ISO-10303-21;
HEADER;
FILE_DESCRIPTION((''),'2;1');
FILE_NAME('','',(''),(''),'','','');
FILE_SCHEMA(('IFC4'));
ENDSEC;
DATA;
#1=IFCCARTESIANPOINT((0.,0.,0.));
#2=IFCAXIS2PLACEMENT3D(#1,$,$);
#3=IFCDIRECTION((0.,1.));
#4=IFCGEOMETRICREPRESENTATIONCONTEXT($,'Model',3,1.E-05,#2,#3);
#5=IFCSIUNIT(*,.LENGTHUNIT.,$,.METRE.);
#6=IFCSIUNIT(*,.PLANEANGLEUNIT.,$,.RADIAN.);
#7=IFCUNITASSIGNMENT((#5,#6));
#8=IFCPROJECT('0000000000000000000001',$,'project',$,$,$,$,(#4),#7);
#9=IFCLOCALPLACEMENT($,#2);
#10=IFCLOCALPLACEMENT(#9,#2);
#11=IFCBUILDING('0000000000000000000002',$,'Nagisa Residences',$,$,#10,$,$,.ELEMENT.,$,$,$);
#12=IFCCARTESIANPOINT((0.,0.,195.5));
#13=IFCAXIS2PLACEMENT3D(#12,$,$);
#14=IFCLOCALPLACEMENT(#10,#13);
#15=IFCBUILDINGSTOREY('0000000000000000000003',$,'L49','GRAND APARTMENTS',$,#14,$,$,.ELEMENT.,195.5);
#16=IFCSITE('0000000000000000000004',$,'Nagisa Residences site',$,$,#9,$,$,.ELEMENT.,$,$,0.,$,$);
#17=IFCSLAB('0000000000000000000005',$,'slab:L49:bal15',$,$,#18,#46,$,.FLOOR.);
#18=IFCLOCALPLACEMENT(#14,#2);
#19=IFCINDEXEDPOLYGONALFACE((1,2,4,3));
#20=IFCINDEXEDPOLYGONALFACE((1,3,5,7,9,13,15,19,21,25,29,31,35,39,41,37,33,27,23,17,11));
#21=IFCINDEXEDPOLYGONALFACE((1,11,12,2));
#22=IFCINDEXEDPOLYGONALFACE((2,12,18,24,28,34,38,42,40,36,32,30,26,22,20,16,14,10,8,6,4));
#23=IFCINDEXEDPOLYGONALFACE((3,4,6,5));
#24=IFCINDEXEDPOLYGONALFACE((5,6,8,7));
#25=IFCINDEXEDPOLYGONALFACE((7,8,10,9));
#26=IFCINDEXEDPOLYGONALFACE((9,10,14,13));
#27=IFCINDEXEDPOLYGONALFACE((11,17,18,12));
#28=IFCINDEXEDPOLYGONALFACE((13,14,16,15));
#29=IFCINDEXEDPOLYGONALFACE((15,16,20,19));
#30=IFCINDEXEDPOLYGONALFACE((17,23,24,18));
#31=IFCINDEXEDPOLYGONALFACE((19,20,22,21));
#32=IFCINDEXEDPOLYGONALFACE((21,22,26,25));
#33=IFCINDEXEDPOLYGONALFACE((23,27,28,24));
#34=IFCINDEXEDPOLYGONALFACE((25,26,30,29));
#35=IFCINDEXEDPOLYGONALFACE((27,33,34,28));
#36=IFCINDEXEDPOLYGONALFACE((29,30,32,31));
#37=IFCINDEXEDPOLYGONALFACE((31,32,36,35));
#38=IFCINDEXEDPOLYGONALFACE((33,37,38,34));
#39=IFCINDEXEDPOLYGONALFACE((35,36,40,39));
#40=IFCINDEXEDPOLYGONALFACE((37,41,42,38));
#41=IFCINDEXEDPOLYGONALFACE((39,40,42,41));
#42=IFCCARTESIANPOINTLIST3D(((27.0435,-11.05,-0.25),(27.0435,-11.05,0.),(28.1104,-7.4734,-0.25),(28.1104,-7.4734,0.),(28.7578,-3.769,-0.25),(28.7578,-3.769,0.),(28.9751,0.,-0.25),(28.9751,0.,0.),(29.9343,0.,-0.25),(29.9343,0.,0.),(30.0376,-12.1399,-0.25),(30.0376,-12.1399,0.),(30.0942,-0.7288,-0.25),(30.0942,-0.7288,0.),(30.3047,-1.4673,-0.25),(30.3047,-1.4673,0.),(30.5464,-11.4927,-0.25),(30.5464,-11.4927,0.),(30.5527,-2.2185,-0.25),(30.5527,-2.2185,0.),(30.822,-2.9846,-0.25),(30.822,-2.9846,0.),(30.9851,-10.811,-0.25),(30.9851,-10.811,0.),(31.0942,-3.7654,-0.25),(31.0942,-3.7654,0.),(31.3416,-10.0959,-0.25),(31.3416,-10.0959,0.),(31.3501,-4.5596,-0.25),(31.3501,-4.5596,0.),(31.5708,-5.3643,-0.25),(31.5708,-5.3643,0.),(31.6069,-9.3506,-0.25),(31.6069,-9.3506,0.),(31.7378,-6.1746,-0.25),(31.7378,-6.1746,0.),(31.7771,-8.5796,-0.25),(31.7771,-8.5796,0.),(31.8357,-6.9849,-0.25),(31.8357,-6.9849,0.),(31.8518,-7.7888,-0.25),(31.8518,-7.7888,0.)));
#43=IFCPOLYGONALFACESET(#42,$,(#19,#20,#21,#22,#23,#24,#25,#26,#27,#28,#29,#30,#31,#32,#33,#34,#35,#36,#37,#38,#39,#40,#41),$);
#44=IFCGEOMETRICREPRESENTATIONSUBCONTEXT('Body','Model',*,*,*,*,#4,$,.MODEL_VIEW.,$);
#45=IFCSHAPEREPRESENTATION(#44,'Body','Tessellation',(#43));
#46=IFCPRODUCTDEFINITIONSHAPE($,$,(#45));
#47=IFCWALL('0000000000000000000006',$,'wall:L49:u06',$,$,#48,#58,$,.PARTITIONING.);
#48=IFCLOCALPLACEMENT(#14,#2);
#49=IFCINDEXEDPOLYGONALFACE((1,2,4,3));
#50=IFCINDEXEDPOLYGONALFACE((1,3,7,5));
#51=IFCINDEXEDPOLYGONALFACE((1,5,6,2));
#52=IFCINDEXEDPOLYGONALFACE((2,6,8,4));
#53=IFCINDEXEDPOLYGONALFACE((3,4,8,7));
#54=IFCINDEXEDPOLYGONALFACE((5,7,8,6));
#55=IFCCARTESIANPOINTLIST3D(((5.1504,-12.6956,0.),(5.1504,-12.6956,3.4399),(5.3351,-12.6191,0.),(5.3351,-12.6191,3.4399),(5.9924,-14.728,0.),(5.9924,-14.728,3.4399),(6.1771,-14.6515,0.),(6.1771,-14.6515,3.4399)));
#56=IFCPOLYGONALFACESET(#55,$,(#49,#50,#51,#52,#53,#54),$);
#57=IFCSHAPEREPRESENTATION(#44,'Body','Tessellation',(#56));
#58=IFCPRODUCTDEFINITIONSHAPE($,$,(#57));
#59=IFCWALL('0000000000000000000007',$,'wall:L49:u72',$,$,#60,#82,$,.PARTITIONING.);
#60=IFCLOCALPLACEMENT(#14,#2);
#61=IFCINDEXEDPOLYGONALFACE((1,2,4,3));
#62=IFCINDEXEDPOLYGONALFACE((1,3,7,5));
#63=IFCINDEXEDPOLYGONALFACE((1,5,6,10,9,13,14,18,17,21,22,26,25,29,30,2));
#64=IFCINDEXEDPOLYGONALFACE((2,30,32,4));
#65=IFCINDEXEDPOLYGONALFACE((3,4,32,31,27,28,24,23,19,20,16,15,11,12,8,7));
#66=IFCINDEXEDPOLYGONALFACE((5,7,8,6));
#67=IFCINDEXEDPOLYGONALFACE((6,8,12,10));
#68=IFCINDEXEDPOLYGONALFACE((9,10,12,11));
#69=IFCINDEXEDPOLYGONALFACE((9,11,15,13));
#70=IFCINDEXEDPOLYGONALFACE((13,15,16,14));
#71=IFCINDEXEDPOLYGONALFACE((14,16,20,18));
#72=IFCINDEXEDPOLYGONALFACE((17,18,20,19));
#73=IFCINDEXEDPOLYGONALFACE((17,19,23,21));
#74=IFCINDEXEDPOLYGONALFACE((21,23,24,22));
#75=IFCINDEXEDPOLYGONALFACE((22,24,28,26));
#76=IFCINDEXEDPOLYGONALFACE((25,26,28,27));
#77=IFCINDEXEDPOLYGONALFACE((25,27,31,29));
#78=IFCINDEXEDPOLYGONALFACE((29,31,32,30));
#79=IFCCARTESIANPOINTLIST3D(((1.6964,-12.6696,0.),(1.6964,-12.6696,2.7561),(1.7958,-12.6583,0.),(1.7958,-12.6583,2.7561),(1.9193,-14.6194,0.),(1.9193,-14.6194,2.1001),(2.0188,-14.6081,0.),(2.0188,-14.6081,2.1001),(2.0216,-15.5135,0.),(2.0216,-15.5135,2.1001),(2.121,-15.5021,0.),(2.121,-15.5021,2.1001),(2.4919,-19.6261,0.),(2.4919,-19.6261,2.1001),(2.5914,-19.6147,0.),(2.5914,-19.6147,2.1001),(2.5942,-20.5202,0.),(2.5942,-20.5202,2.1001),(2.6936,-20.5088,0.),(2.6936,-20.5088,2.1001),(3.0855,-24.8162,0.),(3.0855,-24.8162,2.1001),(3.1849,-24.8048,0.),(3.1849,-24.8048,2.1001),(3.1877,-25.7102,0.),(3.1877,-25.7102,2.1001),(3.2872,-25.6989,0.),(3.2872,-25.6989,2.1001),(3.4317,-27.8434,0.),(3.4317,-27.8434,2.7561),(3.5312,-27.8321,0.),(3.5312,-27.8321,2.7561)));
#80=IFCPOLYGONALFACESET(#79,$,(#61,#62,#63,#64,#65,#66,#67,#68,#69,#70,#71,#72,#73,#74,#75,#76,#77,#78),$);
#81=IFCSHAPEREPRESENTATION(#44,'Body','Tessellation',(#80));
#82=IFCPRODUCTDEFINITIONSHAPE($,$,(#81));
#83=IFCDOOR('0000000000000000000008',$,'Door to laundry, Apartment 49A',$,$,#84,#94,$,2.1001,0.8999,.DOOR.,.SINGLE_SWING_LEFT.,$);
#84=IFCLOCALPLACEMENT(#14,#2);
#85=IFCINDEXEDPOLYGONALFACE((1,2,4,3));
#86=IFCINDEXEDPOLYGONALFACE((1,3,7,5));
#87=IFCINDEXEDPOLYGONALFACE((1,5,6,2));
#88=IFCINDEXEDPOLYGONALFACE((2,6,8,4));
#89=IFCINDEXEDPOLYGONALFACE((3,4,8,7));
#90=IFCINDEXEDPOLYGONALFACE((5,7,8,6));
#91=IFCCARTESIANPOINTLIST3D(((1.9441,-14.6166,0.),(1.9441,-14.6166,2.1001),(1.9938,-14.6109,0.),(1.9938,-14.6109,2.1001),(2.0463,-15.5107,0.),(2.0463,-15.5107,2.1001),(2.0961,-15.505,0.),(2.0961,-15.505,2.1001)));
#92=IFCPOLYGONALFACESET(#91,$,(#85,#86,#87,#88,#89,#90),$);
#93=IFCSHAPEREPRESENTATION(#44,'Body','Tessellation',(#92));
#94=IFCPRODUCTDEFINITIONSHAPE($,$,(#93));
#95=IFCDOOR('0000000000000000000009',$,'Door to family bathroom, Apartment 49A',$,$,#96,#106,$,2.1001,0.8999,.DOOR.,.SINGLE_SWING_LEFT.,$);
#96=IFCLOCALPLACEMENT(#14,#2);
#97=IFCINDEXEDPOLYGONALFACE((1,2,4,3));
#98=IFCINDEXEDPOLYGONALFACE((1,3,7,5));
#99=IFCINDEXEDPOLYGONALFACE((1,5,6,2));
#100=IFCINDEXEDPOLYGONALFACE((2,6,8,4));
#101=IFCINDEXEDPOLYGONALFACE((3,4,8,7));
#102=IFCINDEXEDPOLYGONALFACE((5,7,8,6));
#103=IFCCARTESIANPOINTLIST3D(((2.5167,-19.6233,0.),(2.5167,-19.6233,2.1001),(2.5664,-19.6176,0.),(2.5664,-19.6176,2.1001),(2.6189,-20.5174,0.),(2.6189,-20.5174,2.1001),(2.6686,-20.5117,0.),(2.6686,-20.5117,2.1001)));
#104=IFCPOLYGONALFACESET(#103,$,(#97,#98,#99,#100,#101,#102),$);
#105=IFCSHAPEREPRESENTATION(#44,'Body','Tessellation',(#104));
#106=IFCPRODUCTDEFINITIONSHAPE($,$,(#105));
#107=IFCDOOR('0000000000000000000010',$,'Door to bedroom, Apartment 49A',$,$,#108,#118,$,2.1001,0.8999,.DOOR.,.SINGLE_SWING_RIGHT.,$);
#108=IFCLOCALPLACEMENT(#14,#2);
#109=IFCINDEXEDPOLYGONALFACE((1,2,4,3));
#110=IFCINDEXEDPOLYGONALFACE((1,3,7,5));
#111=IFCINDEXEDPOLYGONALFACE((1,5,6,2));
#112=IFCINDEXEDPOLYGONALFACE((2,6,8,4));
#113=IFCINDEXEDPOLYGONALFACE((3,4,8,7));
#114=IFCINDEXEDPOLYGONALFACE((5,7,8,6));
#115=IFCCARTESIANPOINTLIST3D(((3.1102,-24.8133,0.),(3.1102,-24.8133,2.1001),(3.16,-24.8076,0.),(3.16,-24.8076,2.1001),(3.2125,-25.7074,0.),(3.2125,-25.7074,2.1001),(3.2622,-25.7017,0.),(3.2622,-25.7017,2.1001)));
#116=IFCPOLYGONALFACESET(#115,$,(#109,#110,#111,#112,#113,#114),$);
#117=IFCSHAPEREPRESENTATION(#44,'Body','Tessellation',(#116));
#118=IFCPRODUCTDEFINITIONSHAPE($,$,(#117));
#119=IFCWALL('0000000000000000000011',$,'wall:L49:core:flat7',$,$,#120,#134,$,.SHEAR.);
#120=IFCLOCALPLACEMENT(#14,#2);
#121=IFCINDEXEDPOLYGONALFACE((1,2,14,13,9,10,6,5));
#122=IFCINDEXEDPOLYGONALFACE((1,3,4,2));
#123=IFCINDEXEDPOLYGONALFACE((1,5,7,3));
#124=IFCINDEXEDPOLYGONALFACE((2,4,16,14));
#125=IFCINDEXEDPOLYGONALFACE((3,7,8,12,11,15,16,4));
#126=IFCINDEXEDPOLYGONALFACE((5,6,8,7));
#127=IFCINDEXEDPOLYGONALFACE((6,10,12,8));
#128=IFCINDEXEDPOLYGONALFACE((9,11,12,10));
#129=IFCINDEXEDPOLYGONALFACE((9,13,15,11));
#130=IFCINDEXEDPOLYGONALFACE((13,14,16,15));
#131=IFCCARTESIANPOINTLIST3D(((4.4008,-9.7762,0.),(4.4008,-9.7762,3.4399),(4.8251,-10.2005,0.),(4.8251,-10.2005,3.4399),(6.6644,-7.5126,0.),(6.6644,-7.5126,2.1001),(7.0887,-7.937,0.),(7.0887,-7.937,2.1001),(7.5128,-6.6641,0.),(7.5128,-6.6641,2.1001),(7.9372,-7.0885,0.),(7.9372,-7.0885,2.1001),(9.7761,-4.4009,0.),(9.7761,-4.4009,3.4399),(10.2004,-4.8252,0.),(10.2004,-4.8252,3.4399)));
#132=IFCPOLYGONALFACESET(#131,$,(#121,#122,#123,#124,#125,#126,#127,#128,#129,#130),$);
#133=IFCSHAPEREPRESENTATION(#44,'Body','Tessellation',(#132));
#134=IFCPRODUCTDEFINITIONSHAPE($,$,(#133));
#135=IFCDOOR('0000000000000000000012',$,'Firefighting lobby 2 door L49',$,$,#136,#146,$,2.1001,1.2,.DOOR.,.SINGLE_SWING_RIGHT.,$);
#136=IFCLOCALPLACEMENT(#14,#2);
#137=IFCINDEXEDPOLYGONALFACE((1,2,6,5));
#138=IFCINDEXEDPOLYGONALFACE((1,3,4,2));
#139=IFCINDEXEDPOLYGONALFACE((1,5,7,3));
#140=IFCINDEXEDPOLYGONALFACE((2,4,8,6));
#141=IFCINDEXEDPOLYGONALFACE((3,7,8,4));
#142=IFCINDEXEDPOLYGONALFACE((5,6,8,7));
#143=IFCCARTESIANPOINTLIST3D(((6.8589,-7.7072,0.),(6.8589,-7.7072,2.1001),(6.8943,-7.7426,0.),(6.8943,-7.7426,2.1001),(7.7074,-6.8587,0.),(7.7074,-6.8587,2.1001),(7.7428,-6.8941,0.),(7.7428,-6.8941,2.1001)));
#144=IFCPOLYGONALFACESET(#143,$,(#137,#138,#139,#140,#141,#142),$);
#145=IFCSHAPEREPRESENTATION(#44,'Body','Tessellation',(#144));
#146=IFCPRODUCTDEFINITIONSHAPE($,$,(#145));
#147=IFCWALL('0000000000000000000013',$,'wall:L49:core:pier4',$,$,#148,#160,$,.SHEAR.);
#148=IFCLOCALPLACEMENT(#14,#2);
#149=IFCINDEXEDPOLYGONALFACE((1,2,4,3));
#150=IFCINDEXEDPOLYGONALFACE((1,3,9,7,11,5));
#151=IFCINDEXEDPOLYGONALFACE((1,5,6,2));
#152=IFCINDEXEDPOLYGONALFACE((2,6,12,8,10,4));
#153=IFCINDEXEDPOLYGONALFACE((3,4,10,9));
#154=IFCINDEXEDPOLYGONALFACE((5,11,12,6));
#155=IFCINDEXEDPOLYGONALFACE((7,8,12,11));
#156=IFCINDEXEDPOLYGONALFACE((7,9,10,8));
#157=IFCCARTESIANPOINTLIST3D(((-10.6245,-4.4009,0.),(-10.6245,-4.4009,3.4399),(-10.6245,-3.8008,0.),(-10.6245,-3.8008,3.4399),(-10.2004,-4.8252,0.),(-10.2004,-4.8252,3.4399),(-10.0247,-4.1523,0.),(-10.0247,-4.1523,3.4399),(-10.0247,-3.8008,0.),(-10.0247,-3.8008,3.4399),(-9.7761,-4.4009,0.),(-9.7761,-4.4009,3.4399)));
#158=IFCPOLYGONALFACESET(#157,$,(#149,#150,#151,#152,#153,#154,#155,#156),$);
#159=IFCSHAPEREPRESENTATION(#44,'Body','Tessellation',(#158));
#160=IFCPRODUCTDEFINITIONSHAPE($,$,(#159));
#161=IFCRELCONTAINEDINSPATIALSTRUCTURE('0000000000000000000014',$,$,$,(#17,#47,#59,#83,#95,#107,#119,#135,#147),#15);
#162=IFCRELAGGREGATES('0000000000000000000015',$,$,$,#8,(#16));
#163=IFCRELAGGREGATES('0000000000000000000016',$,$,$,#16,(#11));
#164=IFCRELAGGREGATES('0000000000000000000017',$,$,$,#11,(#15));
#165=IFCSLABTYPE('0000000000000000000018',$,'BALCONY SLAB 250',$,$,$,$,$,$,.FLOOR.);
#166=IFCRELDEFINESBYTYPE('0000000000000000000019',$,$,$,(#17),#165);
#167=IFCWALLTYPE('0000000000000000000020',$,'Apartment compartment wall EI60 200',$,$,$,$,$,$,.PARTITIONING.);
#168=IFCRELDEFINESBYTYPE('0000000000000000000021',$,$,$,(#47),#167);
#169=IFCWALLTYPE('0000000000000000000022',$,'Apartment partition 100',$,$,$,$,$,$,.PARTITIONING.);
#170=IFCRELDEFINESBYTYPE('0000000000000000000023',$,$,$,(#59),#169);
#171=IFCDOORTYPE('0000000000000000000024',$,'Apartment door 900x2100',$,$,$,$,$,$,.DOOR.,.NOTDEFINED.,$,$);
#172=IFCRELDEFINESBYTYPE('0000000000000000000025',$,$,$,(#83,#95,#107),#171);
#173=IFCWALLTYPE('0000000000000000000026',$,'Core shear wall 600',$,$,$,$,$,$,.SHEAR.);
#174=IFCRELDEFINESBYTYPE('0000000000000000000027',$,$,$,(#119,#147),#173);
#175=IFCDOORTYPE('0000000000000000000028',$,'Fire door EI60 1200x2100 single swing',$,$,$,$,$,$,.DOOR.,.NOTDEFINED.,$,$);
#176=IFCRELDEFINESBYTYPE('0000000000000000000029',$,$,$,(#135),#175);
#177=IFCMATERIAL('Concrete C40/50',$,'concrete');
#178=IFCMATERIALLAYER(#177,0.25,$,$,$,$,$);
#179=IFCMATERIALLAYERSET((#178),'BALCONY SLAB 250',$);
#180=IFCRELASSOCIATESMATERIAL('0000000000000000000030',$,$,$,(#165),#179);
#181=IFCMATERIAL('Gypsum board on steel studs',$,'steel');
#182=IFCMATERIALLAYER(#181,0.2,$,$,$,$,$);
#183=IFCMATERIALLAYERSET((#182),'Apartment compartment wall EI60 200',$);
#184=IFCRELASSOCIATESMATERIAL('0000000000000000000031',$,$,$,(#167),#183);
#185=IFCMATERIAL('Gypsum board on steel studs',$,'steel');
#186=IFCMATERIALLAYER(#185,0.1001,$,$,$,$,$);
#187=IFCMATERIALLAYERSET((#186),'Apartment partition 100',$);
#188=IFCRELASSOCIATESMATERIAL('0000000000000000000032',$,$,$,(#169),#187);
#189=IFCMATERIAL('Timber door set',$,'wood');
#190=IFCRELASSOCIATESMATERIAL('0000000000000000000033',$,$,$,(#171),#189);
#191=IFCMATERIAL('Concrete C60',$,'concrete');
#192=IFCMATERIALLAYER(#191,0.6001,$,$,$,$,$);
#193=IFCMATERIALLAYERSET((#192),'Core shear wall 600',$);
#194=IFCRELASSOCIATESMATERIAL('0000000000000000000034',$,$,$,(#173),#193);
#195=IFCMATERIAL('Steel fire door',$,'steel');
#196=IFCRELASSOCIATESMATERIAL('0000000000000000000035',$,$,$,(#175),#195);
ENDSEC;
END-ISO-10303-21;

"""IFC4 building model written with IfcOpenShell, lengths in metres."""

from ifc_helpers import new_model, si_unit, direction, frame, frame_2d, origin, place, context, subcontext, project, spatial, polyline, rectangle, outline, extrude, material, layer, layer_set, type_object, element, fill, save


model = new_model("IFC4")

# Units and contexts
model_context = context("Model", 3, precision=1e-05, world=origin(), true_north=direction((0.0, 1.0)))
body_context = subcontext(model_context, "Body", "Model", "MODEL_VIEW")
ifc_project = project(units=[si_unit("LENGTHUNIT", "METRE"), si_unit("PLANEANGLEUNIT", "RADIAN")], contexts=[model_context])

# Site, building, storey
site_placement = place(None, origin())
site = spatial("IfcSite", under=ifc_project, at=site_placement, Name="Nagisa Residences site", CompositionType="ELEMENT", RefElevation=0.0)
building_placement = place(site_placement, origin())
building = spatial("IfcBuilding", under=site, at=building_placement, Name="Nagisa Residences", CompositionType="ELEMENT")
storey_placement = place(building_placement, frame((0.0, 0.0, 195.5)))
storey = spatial("IfcBuildingStorey", under=building, at=storey_placement, Name="L49", Description="GRAND APARTMENTS", CompositionType="ELEMENT", Elevation=195.5)

# Slab
ifc_material_1 = material(Name="Concrete C40/50", Category="concrete")
ifc_layer_1 = layer(ifc_material_1, 0.25)
ifc_layer_set_1 = layer_set([ifc_layer_1], Name="BALCONY SLAB 250")
slab_type = type_object("IfcSlabType", Name="BALCONY SLAB 250", PredefinedType="FLOOR", material=ifc_layer_set_1)
slab_placement = place(storey_placement, frame((0.0, 0.0, -0.25)))
element("IfcSlab", 1, at=slab_placement, inside=storey, type_object=slab_type, Name="slab:L49:bal15", PredefinedType="FLOOR", context=body_context, shape_type="SweptSolid", body=[
    extrude(outline(polyline([(30.0376, -12.1399), (30.5464, -11.4927), (30.9851, -10.811), (31.3416, -10.0959), (31.6069, -9.3506), (31.7771, -8.5796), (31.8518, -7.7888), (31.8357, -6.9849), (31.7378, -6.1746), (31.5708, -5.3643), (31.3501, -4.5596), (31.0942, -3.7654), (30.822, -2.9846), (30.5527, -2.2185), (30.3047, -1.4673), (30.0942, -0.7288), (29.9343, 0.0), (28.9751, 0.0), (28.7578, -3.769), (28.1104, -7.4734), (27.0435, -11.05), (30.0376, -12.1399)])), origin(), (0.0, 0.0, 1.0), 0.25),
])

# Wall
ifc_material_2 = material(Name="Gypsum board on steel studs", Category="steel")
ifc_layer_2 = layer(ifc_material_2, 0.2)
ifc_layer_set_2 = layer_set([ifc_layer_2], Name="Apartment compartment wall EI60 200")
wall_type_1 = type_object("IfcWallType", Name="Apartment compartment wall EI60 200", PredefinedType="PARTITIONING", material=ifc_layer_set_2)
wall_1_placement = place(storey_placement, frame((5.2427, -12.6572, 0.0), z_axis=(0.0, 0.0, 1.0), x_axis=(0.382747, -0.923853, 0.0)))
element("IfcWall", 2, at=wall_1_placement, inside=storey, type_object=wall_type_1, Name="wall:L49:u06", PredefinedType="PARTITIONING", context=body_context, shape_type="SweptSolid", body=[
    extrude(rectangle(XDim=2.2, YDim=0.2, at=frame_2d((1.1001, 0.0))), origin(), (0.0, 0.0, 1.0), 3.4399),
])

# Wall, openings, doors
ifc_material_3 = material(Name="Gypsum board on steel studs", Category="steel")
ifc_layer_3 = layer(ifc_material_3, 0.1001)
ifc_layer_set_3 = layer_set([ifc_layer_3], Name="Apartment partition 100")
wall_type_2 = type_object("IfcWallType", Name="Apartment partition 100", PredefinedType="PARTITIONING", material=ifc_layer_set_3)
wall_2_placement = place(storey_placement, frame((1.7461, -12.6641, 0.0), z_axis=(0.0, 0.0, 1.0), x_axis=(0.113624, -0.993524, 0.0)))
wall_2 = element("IfcWall", 3, at=wall_2_placement, inside=storey, type_object=wall_type_2, Name="wall:L49:u72", PredefinedType="PARTITIONING", context=body_context, shape_type="SweptSolid", body=[
    extrude(rectangle(XDim=15.2727, YDim=0.1001, at=frame_2d((7.6362, 0.0))), origin(), (0.0, 0.0, 1.0), 2.7561),
])
opening_1_placement = place(wall_2_placement, frame((1.9624, 0.0, 0.0)))
opening_1 = element("IfcOpeningElement", 4, at=opening_1_placement, cuts=wall_2, PredefinedType="OPENING", context=body_context, shape_type="SweptSolid", body=[
    extrude(rectangle(XDim=0.8999, YDim=2.1001, at=frame_2d((0.45, 1.05))), frame((0.0, 0.0601, 0.0), z_axis=(0.0, -1.0, 0.0), x_axis=(1.0, 0.0, 0.0)), (0.0, 0.0, 1.0), 0.1201),
])
opening_2_placement = place(wall_2_placement, frame((7.0017, 0.0, 0.0)))
opening_2 = element("IfcOpeningElement", 5, at=opening_2_placement, cuts=wall_2, PredefinedType="OPENING", context=body_context, shape_type="SweptSolid", body=[
    extrude(rectangle(XDim=0.8999, YDim=2.1001, at=frame_2d((0.45, 1.05))), frame((0.0, 0.0601, 0.0), z_axis=(0.0, -1.0, 0.0), x_axis=(1.0, 0.0, 0.0)), (0.0, 0.0, 1.0), 0.1201),
])
opening_3_placement = place(wall_2_placement, frame((12.2256, 0.0, 0.0)))
opening_3 = element("IfcOpeningElement", 6, at=opening_3_placement, cuts=wall_2, PredefinedType="OPENING", context=body_context, shape_type="SweptSolid", body=[
    extrude(rectangle(XDim=0.8999, YDim=2.1001, at=frame_2d((0.45, 1.05))), frame((0.0, 0.0601, 0.0), z_axis=(0.0, -1.0, 0.0), x_axis=(1.0, 0.0, 0.0)), (0.0, 0.0, 1.0), 0.1201),
])
ifc_material_4 = material(Name="Timber door set", Category="wood")
door_type_1 = type_object("IfcDoorType", Name="Apartment door 900x2100", OperationType="NOTDEFINED", PredefinedType="DOOR", material=ifc_material_4)
door_1_placement = place(opening_1_placement, origin())
door_1 = element("IfcDoor", 7, at=door_1_placement, inside=storey, type_object=door_type_1, Name="Door to laundry, Apartment 49A", OperationType="SINGLE_SWING_LEFT", OverallHeight=2.1001, OverallWidth=0.8999, PredefinedType="DOOR", context=body_context, shape_type="SweptSolid", body=[
    extrude(rectangle(XDim=0.8999, YDim=2.1001, at=frame_2d((0.45, 1.05))), frame((0.0, 0.0249, 0.0), z_axis=(0.0, -1.0, 0.0), x_axis=(1.0, 0.0, 0.0)), (0.0, 0.0, 1.0), 0.05),
])
fill(opening_1, door_1)
door_2_placement = place(opening_2_placement, origin())
door_2 = element("IfcDoor", 8, at=door_2_placement, inside=storey, type_object=door_type_1, Name="Door to family bathroom, Apartment 49A", OperationType="SINGLE_SWING_LEFT", OverallHeight=2.1001, OverallWidth=0.8999, PredefinedType="DOOR", context=body_context, shape_type="SweptSolid", body=[
    extrude(rectangle(XDim=0.8999, YDim=2.1001, at=frame_2d((0.45, 1.05))), frame((0.0, 0.0249, 0.0), z_axis=(0.0, -1.0, 0.0), x_axis=(1.0, 0.0, 0.0)), (0.0, 0.0, 1.0), 0.05),
])
fill(opening_2, door_2)
door_3_placement = place(opening_3_placement, origin())
door_3 = element("IfcDoor", 9, at=door_3_placement, inside=storey, type_object=door_type_1, Name="Door to bedroom, Apartment 49A", OperationType="SINGLE_SWING_RIGHT", OverallHeight=2.1001, OverallWidth=0.8999, PredefinedType="DOOR", context=body_context, shape_type="SweptSolid", body=[
    extrude(rectangle(XDim=0.8999, YDim=2.1001, at=frame_2d((0.45, 1.05))), frame((0.0, 0.0249, 0.0), z_axis=(0.0, -1.0, 0.0), x_axis=(1.0, 0.0, 0.0)), (0.0, 0.0, 1.0), 0.05),
])
fill(opening_3, door_3)

# Wall, opening, door
ifc_material_5 = material(Name="Concrete C60", Category="concrete")
ifc_layer_4 = layer(ifc_material_5, 0.6001)
ifc_layer_set_4 = layer_set([ifc_layer_4], Name="Core shear wall 600")
wall_type_3 = type_object("IfcWallType", Name="Core shear wall 600", PredefinedType="SHEAR", material=ifc_layer_set_4)
wall_3_placement = place(storey_placement, frame((4.613, -9.9883, 0.0), z_axis=(0.0, 0.0, 1.0), x_axis=(0.707107, 0.707107, 0.0)))
wall_3 = element("IfcWall", 10, at=wall_3_placement, inside=storey, type_object=wall_type_3, Name="wall:L49:core:flat7", PredefinedType="SHEAR", context=body_context, shape_type="SweptSolid", body=[
    extrude(rectangle(XDim=7.6018, YDim=0.6001, at=frame_2d((3.8008, 0.0))), origin(), (0.0, 0.0, 1.0), 3.4399),
])
opening_4_placement = place(wall_3_placement, frame((3.2009, 0.0, 0.0)))
opening_4 = element("IfcOpeningElement", 11, at=opening_4_placement, cuts=wall_3, PredefinedType="OPENING", context=body_context, shape_type="SweptSolid", body=[
    extrude(rectangle(XDim=1.2, YDim=2.1001, at=frame_2d((0.6001, 1.05))), frame((0.0, 0.3101, 0.0), z_axis=(0.0, -1.0, 0.0), x_axis=(1.0, 0.0, 0.0)), (0.0, 0.0, 1.0), 0.6201),
])
ifc_material_6 = material(Name="Steel fire door", Category="steel")
door_type_2 = type_object("IfcDoorType", Name="Fire door EI60 1200x2100 single swing", OperationType="NOTDEFINED", PredefinedType="DOOR", material=ifc_material_6)
door_4_placement = place(opening_4_placement, origin())
door_4 = element("IfcDoor", 12, at=door_4_placement, inside=storey, type_object=door_type_2, Name="Firefighting lobby 2 door L49", OperationType="SINGLE_SWING_RIGHT", OverallHeight=2.1001, OverallWidth=1.2, PredefinedType="DOOR", context=body_context, shape_type="SweptSolid", body=[
    extrude(rectangle(XDim=1.2, YDim=2.1001, at=frame_2d((0.6001, 1.05))), frame((0.0, 0.0249, 0.0), z_axis=(0.0, -1.0, 0.0), x_axis=(1.0, 0.0, 0.0)), (0.0, 0.0, 1.0), 0.05),
])
fill(opening_4, door_4)

# Wall
wall_4_placement = place(storey_placement, origin())
element("IfcWall", 13, at=wall_4_placement, inside=storey, type_object=wall_type_3, Name="wall:L49:core:pier4", PredefinedType="SHEAR", context=body_context, shape_type="SweptSolid", body=[
    extrude(outline(polyline([(-10.6245, -3.8008), (-10.0247, -3.8008), (-10.0247, -4.1523), (-9.7761, -4.4009), (-10.2004, -4.8252), (-10.6245, -4.4009), (-10.6245, -3.8008)])), origin(), (0.0, 0.0, 1.0), 3.4399),
])

save(model, "model.ifc")
